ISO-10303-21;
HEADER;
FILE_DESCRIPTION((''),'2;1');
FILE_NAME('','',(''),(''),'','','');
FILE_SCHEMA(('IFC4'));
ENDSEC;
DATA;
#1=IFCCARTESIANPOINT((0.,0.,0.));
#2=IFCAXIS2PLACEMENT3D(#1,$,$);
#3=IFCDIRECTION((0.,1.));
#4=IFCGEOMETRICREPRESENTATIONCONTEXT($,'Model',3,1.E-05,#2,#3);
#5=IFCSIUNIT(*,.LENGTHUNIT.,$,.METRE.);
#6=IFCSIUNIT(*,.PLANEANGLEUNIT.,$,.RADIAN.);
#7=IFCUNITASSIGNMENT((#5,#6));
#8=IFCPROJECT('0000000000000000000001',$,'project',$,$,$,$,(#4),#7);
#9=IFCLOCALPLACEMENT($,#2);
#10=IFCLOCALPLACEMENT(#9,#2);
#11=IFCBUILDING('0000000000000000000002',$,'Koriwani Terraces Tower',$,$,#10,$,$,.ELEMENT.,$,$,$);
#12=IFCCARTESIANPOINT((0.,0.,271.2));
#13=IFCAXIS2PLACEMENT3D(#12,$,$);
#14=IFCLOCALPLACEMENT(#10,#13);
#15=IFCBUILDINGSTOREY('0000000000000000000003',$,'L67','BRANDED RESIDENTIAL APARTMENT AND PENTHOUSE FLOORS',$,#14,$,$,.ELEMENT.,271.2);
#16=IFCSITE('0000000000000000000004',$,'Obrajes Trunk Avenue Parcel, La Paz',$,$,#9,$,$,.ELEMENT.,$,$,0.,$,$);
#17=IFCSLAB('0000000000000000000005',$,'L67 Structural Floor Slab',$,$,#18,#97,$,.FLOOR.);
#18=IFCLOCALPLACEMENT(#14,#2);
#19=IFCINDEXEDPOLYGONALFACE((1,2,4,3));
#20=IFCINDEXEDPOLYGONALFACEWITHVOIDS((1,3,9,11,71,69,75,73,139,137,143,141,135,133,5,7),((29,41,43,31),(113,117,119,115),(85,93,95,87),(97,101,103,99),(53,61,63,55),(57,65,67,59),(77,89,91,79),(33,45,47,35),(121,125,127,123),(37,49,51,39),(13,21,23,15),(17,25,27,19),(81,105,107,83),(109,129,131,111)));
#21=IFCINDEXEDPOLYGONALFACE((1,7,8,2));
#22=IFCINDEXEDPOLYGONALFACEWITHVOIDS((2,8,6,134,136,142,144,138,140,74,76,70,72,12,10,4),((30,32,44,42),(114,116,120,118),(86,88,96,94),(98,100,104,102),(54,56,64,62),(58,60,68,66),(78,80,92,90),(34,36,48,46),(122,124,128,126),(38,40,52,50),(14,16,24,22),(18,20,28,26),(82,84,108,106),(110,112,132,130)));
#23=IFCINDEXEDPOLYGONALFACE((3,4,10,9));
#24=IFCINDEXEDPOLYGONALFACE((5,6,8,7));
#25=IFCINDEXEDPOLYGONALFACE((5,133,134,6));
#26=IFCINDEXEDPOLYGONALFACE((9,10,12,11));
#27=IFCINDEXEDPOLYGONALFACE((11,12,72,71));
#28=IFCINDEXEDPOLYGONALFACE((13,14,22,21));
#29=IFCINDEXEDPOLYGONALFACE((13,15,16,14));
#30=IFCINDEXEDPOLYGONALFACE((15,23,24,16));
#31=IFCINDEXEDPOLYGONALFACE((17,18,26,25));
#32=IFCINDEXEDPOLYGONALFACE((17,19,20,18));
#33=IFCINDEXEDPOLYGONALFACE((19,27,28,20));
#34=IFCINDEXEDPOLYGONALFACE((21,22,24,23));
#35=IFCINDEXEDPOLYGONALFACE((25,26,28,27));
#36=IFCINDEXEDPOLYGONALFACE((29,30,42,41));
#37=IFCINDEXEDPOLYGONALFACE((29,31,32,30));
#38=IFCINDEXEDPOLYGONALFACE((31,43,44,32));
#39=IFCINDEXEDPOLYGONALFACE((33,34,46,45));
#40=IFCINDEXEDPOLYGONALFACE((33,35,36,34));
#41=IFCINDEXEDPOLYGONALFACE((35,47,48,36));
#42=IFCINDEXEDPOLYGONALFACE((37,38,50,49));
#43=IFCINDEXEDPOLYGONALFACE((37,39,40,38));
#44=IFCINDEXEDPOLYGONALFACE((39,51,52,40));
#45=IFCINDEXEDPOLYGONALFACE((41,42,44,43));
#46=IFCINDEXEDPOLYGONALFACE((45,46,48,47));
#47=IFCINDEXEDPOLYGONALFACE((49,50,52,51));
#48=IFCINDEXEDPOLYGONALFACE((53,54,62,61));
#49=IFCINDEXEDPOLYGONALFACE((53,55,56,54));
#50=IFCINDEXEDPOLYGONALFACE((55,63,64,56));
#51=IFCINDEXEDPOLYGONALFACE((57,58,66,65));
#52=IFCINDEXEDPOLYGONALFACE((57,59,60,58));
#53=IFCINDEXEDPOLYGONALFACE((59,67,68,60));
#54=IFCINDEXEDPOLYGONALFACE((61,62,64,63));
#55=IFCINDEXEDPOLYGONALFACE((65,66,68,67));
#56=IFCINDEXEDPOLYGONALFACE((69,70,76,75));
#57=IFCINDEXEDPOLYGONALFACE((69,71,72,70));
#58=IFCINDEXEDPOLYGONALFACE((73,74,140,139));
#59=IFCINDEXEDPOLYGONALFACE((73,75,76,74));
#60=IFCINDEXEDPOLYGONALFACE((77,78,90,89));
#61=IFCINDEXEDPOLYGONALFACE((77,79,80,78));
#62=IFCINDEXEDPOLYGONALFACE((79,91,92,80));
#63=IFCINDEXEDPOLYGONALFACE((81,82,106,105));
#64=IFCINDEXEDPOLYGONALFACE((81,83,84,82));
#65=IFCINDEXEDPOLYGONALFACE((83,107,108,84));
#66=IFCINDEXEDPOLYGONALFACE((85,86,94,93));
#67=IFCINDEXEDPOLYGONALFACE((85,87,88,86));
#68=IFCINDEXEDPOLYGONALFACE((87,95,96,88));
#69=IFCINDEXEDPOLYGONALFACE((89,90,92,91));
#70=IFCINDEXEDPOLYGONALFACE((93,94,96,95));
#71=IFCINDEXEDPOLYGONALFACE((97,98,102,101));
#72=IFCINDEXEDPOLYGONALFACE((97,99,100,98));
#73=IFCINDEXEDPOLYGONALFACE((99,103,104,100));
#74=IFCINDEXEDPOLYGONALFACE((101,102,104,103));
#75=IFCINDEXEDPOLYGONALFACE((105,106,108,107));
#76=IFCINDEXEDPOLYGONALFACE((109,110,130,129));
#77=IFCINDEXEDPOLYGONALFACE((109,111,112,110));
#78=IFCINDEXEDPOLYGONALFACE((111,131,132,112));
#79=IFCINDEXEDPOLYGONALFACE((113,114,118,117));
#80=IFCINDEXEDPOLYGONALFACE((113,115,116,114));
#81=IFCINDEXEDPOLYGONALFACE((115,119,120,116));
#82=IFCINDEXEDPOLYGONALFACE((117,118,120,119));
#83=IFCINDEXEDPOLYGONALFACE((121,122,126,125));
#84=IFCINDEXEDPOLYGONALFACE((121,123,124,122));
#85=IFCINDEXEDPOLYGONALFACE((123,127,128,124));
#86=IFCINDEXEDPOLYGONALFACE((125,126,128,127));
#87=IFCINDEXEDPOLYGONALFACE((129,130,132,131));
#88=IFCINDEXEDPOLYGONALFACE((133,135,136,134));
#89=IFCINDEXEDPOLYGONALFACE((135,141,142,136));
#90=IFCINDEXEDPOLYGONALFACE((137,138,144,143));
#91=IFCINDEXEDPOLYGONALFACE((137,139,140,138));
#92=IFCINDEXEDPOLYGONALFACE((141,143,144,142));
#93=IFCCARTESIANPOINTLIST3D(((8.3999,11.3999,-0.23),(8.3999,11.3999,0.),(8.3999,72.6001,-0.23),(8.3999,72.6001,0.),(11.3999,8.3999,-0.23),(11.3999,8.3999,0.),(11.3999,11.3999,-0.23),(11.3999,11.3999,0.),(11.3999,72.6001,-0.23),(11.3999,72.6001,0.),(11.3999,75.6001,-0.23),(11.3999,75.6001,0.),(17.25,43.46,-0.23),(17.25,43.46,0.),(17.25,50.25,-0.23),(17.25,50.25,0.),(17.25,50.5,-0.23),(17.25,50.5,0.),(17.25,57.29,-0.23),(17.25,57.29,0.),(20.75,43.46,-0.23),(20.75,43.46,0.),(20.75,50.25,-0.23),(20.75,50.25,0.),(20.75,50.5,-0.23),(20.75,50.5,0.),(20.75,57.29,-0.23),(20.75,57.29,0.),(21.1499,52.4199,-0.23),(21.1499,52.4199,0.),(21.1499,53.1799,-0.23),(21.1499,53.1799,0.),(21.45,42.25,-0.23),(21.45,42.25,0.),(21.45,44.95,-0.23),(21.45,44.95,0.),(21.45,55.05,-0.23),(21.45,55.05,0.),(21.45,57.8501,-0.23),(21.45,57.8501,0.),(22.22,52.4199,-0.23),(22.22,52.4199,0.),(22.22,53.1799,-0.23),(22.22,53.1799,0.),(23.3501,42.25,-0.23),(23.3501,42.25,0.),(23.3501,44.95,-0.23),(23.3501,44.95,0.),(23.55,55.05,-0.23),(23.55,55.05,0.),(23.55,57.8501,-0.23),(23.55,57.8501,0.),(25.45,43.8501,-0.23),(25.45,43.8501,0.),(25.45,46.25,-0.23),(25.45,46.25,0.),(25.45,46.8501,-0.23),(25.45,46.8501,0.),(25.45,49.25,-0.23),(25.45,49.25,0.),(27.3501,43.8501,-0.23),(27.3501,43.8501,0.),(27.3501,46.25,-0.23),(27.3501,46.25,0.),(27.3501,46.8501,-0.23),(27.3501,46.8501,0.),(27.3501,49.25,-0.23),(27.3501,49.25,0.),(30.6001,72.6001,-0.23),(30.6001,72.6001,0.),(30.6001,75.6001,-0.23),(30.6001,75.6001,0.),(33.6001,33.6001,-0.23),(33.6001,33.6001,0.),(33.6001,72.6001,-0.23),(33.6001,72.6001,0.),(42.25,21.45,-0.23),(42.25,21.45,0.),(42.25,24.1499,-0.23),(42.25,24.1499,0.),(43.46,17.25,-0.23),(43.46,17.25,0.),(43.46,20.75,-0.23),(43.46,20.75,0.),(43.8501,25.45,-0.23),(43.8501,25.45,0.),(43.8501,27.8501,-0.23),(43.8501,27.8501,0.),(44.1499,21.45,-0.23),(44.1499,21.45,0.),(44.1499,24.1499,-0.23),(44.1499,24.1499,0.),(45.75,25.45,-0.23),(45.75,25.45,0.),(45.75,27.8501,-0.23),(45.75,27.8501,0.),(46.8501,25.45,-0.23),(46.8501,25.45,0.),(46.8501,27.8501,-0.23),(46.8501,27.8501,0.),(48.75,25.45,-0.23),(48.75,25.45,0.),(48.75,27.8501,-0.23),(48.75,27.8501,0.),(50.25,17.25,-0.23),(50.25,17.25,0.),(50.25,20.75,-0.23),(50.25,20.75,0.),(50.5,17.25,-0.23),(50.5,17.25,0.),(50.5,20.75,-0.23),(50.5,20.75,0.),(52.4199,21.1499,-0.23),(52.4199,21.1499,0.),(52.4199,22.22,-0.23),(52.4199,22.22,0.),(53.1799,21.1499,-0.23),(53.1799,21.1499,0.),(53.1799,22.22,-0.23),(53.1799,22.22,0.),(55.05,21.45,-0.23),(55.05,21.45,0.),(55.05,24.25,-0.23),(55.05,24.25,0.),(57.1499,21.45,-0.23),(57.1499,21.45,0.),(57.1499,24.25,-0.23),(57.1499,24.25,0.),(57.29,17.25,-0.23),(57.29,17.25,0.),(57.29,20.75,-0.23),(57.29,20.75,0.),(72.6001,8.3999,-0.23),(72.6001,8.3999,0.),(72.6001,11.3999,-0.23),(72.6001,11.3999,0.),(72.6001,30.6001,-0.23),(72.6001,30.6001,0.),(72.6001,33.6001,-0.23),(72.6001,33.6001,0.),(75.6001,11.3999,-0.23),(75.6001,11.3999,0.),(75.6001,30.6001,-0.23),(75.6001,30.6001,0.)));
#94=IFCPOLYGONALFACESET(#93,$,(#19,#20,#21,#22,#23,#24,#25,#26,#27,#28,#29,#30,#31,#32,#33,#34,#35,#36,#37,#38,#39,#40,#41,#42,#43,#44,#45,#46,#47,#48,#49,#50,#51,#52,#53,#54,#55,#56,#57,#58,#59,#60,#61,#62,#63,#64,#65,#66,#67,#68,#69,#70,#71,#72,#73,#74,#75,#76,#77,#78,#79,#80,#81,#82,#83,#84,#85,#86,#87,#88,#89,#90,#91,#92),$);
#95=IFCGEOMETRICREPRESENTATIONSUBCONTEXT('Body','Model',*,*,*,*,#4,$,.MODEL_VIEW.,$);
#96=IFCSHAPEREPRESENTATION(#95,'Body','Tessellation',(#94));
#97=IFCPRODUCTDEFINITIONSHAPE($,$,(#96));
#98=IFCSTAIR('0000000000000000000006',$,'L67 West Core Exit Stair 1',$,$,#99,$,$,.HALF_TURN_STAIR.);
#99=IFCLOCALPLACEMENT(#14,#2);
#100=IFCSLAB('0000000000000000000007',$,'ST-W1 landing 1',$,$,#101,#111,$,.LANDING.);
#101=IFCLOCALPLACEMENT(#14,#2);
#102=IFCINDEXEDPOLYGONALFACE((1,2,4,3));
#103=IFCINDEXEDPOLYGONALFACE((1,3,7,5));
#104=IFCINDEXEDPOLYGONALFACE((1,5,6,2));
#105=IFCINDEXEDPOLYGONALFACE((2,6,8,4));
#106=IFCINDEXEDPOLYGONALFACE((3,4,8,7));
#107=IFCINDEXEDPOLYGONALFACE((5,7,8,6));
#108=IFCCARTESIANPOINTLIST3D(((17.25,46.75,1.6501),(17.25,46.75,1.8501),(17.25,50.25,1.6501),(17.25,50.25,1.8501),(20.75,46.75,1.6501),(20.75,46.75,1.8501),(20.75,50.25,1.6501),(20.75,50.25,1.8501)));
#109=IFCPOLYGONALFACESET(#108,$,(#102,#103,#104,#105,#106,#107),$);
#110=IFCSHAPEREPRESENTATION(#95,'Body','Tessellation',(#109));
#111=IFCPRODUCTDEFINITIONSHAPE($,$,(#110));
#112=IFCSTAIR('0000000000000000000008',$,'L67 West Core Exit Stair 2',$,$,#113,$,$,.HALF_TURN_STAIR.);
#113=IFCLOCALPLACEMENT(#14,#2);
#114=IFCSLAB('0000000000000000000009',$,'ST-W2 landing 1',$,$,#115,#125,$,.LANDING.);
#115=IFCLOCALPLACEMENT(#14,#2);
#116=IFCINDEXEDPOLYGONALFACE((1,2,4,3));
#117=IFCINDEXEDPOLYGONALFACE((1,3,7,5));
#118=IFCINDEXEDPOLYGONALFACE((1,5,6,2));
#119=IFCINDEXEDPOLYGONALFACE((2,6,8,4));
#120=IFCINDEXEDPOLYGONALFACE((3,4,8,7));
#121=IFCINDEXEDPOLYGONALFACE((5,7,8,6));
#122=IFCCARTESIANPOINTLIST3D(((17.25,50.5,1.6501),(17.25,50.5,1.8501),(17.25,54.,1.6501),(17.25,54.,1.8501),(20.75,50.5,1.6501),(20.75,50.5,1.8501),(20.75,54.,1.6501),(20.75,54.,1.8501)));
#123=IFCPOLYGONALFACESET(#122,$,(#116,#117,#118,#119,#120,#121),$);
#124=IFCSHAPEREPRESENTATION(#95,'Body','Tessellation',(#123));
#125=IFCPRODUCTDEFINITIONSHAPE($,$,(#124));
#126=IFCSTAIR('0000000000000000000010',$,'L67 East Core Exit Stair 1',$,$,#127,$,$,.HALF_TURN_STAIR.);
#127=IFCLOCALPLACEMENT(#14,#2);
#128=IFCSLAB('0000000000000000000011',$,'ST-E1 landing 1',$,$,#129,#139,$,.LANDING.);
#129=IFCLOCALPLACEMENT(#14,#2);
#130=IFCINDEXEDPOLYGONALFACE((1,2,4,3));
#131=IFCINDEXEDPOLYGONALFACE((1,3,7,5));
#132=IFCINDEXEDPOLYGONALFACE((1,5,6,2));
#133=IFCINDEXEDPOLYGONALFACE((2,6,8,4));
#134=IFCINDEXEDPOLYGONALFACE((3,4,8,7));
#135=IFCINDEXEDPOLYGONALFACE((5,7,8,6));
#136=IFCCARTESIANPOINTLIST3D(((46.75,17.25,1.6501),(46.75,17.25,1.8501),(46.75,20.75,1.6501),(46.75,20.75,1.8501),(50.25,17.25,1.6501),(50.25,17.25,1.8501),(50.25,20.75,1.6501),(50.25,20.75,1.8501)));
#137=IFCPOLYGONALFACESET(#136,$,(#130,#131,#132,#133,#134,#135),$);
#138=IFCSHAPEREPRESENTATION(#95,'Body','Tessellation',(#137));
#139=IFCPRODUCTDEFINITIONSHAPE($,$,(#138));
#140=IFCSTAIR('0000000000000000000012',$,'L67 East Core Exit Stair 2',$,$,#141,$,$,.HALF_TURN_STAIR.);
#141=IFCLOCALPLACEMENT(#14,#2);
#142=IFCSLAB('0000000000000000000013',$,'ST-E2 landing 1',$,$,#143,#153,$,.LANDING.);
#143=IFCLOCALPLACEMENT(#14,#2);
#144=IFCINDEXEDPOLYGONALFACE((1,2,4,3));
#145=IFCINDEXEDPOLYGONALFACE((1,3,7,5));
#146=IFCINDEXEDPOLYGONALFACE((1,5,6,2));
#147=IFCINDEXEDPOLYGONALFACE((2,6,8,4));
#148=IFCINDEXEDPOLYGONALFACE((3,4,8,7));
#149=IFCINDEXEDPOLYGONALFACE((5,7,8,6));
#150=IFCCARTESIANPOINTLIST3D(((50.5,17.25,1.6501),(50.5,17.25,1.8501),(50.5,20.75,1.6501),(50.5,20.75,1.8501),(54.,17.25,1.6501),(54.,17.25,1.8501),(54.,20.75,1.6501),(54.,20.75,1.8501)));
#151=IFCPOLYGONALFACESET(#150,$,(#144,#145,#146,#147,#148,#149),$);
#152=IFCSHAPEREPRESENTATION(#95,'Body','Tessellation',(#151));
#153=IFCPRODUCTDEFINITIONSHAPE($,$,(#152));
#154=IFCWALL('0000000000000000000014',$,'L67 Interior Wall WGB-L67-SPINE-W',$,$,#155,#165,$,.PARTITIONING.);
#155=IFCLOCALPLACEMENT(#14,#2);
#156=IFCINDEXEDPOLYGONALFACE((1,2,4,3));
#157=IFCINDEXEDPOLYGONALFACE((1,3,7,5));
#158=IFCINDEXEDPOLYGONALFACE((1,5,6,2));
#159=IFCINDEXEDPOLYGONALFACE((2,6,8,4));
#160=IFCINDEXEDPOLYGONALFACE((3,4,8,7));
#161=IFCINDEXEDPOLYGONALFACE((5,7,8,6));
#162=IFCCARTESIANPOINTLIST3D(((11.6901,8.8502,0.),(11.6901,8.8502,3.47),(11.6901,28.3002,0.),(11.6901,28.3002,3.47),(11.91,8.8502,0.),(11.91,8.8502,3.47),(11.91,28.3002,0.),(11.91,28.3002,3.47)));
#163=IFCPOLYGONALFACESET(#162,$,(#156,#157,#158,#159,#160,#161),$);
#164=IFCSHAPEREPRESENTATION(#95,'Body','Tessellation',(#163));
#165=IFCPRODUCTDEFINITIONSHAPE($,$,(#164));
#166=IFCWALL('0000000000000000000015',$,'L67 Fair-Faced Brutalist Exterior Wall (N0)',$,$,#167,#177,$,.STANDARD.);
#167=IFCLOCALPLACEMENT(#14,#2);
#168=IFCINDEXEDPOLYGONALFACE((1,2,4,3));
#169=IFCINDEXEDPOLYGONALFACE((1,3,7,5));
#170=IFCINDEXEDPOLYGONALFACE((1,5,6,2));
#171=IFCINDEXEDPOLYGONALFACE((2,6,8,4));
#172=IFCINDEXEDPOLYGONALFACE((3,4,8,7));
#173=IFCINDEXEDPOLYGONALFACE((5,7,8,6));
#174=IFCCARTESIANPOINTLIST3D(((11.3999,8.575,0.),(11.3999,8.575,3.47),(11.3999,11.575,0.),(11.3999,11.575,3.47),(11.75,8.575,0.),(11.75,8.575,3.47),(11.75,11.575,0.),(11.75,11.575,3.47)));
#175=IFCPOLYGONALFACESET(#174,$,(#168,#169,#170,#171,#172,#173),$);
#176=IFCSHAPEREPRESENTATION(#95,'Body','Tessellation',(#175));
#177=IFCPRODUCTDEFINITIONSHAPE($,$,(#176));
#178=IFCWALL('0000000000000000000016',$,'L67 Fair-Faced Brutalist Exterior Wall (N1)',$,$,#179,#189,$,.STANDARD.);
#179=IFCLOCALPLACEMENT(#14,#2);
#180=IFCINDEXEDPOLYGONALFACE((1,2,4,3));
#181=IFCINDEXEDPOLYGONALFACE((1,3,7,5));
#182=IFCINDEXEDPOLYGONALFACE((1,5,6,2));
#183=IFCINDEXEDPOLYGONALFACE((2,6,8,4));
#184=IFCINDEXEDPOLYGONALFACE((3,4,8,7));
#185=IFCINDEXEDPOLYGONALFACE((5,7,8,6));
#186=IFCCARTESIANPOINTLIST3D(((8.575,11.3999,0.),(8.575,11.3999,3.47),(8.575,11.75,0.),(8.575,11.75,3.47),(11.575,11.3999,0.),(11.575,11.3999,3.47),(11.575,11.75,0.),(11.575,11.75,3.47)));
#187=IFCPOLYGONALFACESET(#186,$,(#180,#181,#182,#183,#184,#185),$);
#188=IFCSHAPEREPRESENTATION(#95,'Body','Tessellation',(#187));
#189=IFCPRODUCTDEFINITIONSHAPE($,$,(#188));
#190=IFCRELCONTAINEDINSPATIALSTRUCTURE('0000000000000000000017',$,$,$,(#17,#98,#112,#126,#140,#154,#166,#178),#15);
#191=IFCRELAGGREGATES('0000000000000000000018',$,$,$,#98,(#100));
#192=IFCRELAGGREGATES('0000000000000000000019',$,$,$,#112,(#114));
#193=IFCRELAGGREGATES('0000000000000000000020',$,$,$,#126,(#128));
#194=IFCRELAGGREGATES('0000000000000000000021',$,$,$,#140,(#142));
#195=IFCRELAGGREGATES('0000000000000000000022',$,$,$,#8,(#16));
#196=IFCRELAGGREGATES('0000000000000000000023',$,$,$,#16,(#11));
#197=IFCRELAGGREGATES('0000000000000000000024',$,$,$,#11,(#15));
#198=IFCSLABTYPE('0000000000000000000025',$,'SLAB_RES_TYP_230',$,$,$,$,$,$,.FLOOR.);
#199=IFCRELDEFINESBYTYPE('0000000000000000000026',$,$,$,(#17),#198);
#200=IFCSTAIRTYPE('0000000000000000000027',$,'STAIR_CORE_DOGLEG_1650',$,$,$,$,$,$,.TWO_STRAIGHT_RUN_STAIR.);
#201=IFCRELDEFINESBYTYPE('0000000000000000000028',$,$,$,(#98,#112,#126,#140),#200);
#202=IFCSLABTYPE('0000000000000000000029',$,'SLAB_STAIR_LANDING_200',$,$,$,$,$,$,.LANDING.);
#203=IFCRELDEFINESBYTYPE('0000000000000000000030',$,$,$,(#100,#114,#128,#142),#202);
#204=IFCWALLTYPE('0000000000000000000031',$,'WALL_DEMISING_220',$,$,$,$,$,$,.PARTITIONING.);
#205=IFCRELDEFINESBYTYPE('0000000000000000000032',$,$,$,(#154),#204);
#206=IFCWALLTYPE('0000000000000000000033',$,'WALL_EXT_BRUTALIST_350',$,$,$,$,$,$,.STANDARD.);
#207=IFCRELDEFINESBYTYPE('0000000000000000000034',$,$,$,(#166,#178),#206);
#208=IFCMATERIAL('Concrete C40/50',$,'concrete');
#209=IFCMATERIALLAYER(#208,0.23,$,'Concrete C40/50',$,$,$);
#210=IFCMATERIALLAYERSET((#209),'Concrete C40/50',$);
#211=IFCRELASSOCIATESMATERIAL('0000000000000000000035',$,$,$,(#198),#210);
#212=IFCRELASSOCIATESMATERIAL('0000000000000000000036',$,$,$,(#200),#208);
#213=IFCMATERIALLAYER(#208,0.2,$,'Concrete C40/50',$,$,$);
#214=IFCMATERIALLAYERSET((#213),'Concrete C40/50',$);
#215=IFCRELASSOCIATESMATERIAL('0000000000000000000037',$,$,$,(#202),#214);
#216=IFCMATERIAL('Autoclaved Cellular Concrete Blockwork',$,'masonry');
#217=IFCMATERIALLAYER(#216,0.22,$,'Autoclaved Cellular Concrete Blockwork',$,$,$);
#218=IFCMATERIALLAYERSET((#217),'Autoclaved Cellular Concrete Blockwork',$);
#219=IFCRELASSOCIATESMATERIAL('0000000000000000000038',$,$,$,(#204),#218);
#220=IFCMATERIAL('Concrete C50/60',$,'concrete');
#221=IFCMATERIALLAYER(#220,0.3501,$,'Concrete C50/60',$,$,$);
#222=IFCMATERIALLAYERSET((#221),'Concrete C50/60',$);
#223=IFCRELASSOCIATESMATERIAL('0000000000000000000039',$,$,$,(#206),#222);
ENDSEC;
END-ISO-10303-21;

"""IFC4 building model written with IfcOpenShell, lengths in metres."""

from ifc_helpers import new_model, si_unit, direction, frame, frame_2d, origin, place, context, subcontext, project, spatial, polyline, rectangle, outline, extrude, material, layer, layer_set, type_object, element, aggregate, save


model = new_model("IFC4")

# Units and contexts
model_context = context("Model", 3, precision=1e-05, world=origin(), true_north=direction((0.0, 1.0)))
body_context = subcontext(model_context, "Body", "Model", "MODEL_VIEW")
ifc_project = project(units=[si_unit("LENGTHUNIT", "METRE"), si_unit("PLANEANGLEUNIT", "RADIAN")], contexts=[model_context])

# Site, building, storey
site_placement = place(None, origin())
site = spatial("IfcSite", under=ifc_project, at=site_placement, Name="Obrajes Trunk Avenue Parcel, La Paz", CompositionType="ELEMENT", RefElevation=0.0)
building_placement = place(site_placement, origin())
building = spatial("IfcBuilding", under=site, at=building_placement, Name="Koriwani Terraces Tower", CompositionType="ELEMENT")
storey_placement = place(building_placement, frame((0.0, 0.0, 271.2)))
storey = spatial("IfcBuildingStorey", under=building, at=storey_placement, Name="L67", Description="BRANDED RESIDENTIAL APARTMENT AND PENTHOUSE FLOORS", CompositionType="ELEMENT", Elevation=271.2)

# Shared definitions
ifc_material_1 = material(Name="Concrete C50/60", Category="concrete")

# Slab
ifc_material_2 = material(Name="Concrete C40/50", Category="concrete")
ifc_layer_1 = layer(ifc_material_2, 0.23, Name="Concrete C40/50")
ifc_layer_set_1 = layer_set([ifc_layer_1], Name="Concrete C40/50")
slab_type_1 = type_object("IfcSlabType", Name="SLAB_RES_TYP_230", PredefinedType="FLOOR", material=ifc_layer_set_1)
slab_1_placement = place(storey_placement, frame((0.0, 0.0, -0.23)))
element("IfcSlab", 1, at=slab_1_placement, inside=storey, type_object=slab_type_1, Name="L67 Structural Floor Slab", PredefinedType="FLOOR", context=body_context, shape_type="SweptSolid", body=[
    extrude(outline(polyline([(11.3999, 8.3999), (72.6001, 8.3999), (72.6001, 11.3999), (75.6001, 11.3999), (75.6001, 30.6001), (72.6001, 30.6001), (72.6001, 33.6001), (33.6001, 33.6001), (33.6001, 72.6001), (30.6001, 72.6001), (30.6001, 75.6001), (11.3999, 75.6001), (11.3999, 72.6001), (8.3999, 72.6001), (8.3999, 11.3999), (11.3999, 11.3999), (11.3999, 8.3999)]), holes=[polyline([(17.25, 43.46), (20.75, 43.46), (20.75, 50.25), (17.25, 50.25), (17.25, 43.46)]), polyline([(17.25, 50.5), (20.75, 50.5), (20.75, 57.29), (17.25, 57.29), (17.25, 50.5)]), polyline([(43.46, 17.25), (50.25, 17.25), (50.25, 20.75), (43.46, 20.75), (43.46, 17.25)]), polyline([(50.5, 17.25), (57.29, 17.25), (57.29, 20.75), (50.5, 20.75), (50.5, 17.25)]), polyline([(25.45, 43.8501), (27.3501, 43.8501), (27.3501, 46.25), (25.45, 46.25), (25.45, 43.8501)]), polyline([(25.45, 46.8501), (27.3501, 46.8501), (27.3501, 49.25), (25.45, 49.25), (25.45, 46.8501)]), polyline([(43.8501, 25.45), (45.75, 25.45), (45.75, 27.8501), (43.8501, 27.8501), (43.8501, 25.45)]), polyline([(46.8501, 25.45), (48.75, 25.45), (48.75, 27.8501), (46.8501, 27.8501), (46.8501, 25.45)]), polyline([(21.45, 55.05), (23.55, 55.05), (23.55, 57.8501), (21.45, 57.8501), (21.45, 55.05)]), polyline([(55.05, 21.45), (57.1499, 21.45), (57.1499, 24.25), (55.05, 24.25), (55.05, 21.45)]), polyline([(21.45, 42.25), (23.3501, 42.25), (23.3501, 44.95), (21.45, 44.95), (21.45, 42.25)]), polyline([(42.25, 21.45), (44.1499, 21.45), (44.1499, 24.1499), (42.25, 24.1499), (42.25, 21.45)]), polyline([(21.1499, 52.4199), (22.22, 52.4199), (22.22, 53.1799), (21.1499, 53.1799), (21.1499, 52.4199)]), polyline([(52.4199, 21.1499), (53.1799, 21.1499), (53.1799, 22.22), (52.4199, 22.22), (52.4199, 21.1499)])]), origin(), (0.0, 0.0, 1.0), 0.23),
])

# Stairs, slabs
stair_type = type_object("IfcStairType", Name="STAIR_CORE_DOGLEG_1650", PredefinedType="TWO_STRAIGHT_RUN_STAIR", material=ifc_material_2)
stair_1_placement = place(storey_placement, origin())
stair_1 = element("IfcStair", 2, at=stair_1_placement, inside=storey, type_object=stair_type, Name="L67 West Core Exit Stair 1", PredefinedType="HALF_TURN_STAIR")
ifc_layer_2 = layer(ifc_material_2, 0.2, Name="Concrete C40/50")
ifc_layer_set_2 = layer_set([ifc_layer_2], Name="Concrete C40/50")
slab_type_2 = type_object("IfcSlabType", Name="SLAB_STAIR_LANDING_200", PredefinedType="LANDING", material=ifc_layer_set_2)
slab_2_placement = place(storey_placement, frame((0.0, 0.0, 1.6501)))
slab_2 = element("IfcSlab", 3, at=slab_2_placement, type_object=slab_type_2, Name="ST-W1 landing 1", PredefinedType="LANDING", context=body_context, shape_type="SweptSolid", body=[
    extrude(outline(polyline([(20.75, 46.75), (20.75, 50.25), (17.25, 50.25), (17.25, 46.75), (20.75, 46.75)])), origin(), (0.0, 0.0, 1.0), 0.2),
])
aggregate(stair_1, [slab_2])
stair_2_placement = place(storey_placement, origin())
stair_2 = element("IfcStair", 4, at=stair_2_placement, inside=storey, type_object=stair_type, Name="L67 West Core Exit Stair 2", PredefinedType="HALF_TURN_STAIR")
slab_3_placement = place(storey_placement, frame((0.0, 0.0, 1.6501)))
slab_3 = element("IfcSlab", 5, at=slab_3_placement, type_object=slab_type_2, Name="ST-W2 landing 1", PredefinedType="LANDING", context=body_context, shape_type="SweptSolid", body=[
    extrude(outline(polyline([(17.25, 54.0), (17.25, 50.5), (20.75, 50.5), (20.75, 54.0), (17.25, 54.0)])), origin(), (0.0, 0.0, 1.0), 0.2),
])
aggregate(stair_2, [slab_3])
stair_3_placement = place(storey_placement, origin())
stair_3 = element("IfcStair", 6, at=stair_3_placement, inside=storey, type_object=stair_type, Name="L67 East Core Exit Stair 1", PredefinedType="HALF_TURN_STAIR")
slab_4_placement = place(storey_placement, frame((0.0, 0.0, 1.6501)))
slab_4 = element("IfcSlab", 7, at=slab_4_placement, type_object=slab_type_2, Name="ST-E1 landing 1", PredefinedType="LANDING", context=body_context, shape_type="SweptSolid", body=[
    extrude(outline(polyline([(46.75, 17.25), (50.25, 17.25), (50.25, 20.75), (46.75, 20.75), (46.75, 17.25)])), origin(), (0.0, 0.0, 1.0), 0.2),
])
aggregate(stair_3, [slab_4])
stair_4_placement = place(storey_placement, origin())
stair_4 = element("IfcStair", 8, at=stair_4_placement, inside=storey, type_object=stair_type, Name="L67 East Core Exit Stair 2", PredefinedType="HALF_TURN_STAIR")
slab_5_placement = place(storey_placement, frame((0.0, 0.0, 1.6501)))
slab_5 = element("IfcSlab", 9, at=slab_5_placement, type_object=slab_type_2, Name="ST-E2 landing 1", PredefinedType="LANDING", context=body_context, shape_type="SweptSolid", body=[
    extrude(outline(polyline([(54.0, 20.75), (50.5, 20.75), (50.5, 17.25), (54.0, 17.25), (54.0, 20.75)])), origin(), (0.0, 0.0, 1.0), 0.2),
])
aggregate(stair_4, [slab_5])

# Walls
ifc_material_3 = material(Name="Autoclaved Cellular Concrete Blockwork", Category="masonry")
ifc_layer_3 = layer(ifc_material_3, 0.22, Name="Autoclaved Cellular Concrete Blockwork")
ifc_layer_set_3 = layer_set([ifc_layer_3], Name="Autoclaved Cellular Concrete Blockwork")
wall_type_1 = type_object("IfcWallType", Name="WALL_DEMISING_220", PredefinedType="PARTITIONING", material=ifc_layer_set_3)
wall_1_placement = place(storey_placement, frame((11.8, 8.8501, 0.0), z_axis=(0.0, 0.0, 1.0), x_axis=(0.0, 1.0, 0.0)))
element("IfcWall", 10, at=wall_1_placement, inside=storey, type_object=wall_type_1, Name="L67 Interior Wall WGB-L67-SPINE-W", PredefinedType="PARTITIONING", context=body_context, shape_type="SweptSolid", body=[
    extrude(rectangle(XDim=19.45, YDim=0.22, at=frame_2d((9.7251, 0.0))), origin(), (0.0, 0.0, 1.0), 3.47),
])
ifc_layer_4 = layer(ifc_material_1, 0.3501, Name="Concrete C50/60")
ifc_layer_set_4 = layer_set([ifc_layer_4], Name="Concrete C50/60")
wall_type_2 = type_object("IfcWallType", Name="WALL_EXT_BRUTALIST_350", PredefinedType="STANDARD", material=ifc_layer_set_4)
for number, where, z_axis, x_axis, name in (
    (11, (11.575, 8.575, 0.0), (0.0, 0.0, 1.0), (0.0, 1.0, 0.0), "L67 Fair-Faced Brutalist Exterior Wall (N0)"),
    (12, (11.575, 11.575, 0.0), (0.0, 0.0, 1.0), (-1.0, 0.0, 0.0), "L67 Fair-Faced Brutalist Exterior Wall (N1)"),
):
    element("IfcWall", number, at=place(storey_placement, frame(where, z_axis=z_axis, x_axis=x_axis)), inside=storey, type_object=wall_type_2, Name=name, PredefinedType="STANDARD", context=body_context, shape_type="SweptSolid", body=[
        extrude(rectangle(XDim=3.0, YDim=0.3501, at=frame_2d((1.5, 0.0))), origin(), (0.0, 0.0, 1.0), 3.47),
    ])

save(model, "model.ifc")
